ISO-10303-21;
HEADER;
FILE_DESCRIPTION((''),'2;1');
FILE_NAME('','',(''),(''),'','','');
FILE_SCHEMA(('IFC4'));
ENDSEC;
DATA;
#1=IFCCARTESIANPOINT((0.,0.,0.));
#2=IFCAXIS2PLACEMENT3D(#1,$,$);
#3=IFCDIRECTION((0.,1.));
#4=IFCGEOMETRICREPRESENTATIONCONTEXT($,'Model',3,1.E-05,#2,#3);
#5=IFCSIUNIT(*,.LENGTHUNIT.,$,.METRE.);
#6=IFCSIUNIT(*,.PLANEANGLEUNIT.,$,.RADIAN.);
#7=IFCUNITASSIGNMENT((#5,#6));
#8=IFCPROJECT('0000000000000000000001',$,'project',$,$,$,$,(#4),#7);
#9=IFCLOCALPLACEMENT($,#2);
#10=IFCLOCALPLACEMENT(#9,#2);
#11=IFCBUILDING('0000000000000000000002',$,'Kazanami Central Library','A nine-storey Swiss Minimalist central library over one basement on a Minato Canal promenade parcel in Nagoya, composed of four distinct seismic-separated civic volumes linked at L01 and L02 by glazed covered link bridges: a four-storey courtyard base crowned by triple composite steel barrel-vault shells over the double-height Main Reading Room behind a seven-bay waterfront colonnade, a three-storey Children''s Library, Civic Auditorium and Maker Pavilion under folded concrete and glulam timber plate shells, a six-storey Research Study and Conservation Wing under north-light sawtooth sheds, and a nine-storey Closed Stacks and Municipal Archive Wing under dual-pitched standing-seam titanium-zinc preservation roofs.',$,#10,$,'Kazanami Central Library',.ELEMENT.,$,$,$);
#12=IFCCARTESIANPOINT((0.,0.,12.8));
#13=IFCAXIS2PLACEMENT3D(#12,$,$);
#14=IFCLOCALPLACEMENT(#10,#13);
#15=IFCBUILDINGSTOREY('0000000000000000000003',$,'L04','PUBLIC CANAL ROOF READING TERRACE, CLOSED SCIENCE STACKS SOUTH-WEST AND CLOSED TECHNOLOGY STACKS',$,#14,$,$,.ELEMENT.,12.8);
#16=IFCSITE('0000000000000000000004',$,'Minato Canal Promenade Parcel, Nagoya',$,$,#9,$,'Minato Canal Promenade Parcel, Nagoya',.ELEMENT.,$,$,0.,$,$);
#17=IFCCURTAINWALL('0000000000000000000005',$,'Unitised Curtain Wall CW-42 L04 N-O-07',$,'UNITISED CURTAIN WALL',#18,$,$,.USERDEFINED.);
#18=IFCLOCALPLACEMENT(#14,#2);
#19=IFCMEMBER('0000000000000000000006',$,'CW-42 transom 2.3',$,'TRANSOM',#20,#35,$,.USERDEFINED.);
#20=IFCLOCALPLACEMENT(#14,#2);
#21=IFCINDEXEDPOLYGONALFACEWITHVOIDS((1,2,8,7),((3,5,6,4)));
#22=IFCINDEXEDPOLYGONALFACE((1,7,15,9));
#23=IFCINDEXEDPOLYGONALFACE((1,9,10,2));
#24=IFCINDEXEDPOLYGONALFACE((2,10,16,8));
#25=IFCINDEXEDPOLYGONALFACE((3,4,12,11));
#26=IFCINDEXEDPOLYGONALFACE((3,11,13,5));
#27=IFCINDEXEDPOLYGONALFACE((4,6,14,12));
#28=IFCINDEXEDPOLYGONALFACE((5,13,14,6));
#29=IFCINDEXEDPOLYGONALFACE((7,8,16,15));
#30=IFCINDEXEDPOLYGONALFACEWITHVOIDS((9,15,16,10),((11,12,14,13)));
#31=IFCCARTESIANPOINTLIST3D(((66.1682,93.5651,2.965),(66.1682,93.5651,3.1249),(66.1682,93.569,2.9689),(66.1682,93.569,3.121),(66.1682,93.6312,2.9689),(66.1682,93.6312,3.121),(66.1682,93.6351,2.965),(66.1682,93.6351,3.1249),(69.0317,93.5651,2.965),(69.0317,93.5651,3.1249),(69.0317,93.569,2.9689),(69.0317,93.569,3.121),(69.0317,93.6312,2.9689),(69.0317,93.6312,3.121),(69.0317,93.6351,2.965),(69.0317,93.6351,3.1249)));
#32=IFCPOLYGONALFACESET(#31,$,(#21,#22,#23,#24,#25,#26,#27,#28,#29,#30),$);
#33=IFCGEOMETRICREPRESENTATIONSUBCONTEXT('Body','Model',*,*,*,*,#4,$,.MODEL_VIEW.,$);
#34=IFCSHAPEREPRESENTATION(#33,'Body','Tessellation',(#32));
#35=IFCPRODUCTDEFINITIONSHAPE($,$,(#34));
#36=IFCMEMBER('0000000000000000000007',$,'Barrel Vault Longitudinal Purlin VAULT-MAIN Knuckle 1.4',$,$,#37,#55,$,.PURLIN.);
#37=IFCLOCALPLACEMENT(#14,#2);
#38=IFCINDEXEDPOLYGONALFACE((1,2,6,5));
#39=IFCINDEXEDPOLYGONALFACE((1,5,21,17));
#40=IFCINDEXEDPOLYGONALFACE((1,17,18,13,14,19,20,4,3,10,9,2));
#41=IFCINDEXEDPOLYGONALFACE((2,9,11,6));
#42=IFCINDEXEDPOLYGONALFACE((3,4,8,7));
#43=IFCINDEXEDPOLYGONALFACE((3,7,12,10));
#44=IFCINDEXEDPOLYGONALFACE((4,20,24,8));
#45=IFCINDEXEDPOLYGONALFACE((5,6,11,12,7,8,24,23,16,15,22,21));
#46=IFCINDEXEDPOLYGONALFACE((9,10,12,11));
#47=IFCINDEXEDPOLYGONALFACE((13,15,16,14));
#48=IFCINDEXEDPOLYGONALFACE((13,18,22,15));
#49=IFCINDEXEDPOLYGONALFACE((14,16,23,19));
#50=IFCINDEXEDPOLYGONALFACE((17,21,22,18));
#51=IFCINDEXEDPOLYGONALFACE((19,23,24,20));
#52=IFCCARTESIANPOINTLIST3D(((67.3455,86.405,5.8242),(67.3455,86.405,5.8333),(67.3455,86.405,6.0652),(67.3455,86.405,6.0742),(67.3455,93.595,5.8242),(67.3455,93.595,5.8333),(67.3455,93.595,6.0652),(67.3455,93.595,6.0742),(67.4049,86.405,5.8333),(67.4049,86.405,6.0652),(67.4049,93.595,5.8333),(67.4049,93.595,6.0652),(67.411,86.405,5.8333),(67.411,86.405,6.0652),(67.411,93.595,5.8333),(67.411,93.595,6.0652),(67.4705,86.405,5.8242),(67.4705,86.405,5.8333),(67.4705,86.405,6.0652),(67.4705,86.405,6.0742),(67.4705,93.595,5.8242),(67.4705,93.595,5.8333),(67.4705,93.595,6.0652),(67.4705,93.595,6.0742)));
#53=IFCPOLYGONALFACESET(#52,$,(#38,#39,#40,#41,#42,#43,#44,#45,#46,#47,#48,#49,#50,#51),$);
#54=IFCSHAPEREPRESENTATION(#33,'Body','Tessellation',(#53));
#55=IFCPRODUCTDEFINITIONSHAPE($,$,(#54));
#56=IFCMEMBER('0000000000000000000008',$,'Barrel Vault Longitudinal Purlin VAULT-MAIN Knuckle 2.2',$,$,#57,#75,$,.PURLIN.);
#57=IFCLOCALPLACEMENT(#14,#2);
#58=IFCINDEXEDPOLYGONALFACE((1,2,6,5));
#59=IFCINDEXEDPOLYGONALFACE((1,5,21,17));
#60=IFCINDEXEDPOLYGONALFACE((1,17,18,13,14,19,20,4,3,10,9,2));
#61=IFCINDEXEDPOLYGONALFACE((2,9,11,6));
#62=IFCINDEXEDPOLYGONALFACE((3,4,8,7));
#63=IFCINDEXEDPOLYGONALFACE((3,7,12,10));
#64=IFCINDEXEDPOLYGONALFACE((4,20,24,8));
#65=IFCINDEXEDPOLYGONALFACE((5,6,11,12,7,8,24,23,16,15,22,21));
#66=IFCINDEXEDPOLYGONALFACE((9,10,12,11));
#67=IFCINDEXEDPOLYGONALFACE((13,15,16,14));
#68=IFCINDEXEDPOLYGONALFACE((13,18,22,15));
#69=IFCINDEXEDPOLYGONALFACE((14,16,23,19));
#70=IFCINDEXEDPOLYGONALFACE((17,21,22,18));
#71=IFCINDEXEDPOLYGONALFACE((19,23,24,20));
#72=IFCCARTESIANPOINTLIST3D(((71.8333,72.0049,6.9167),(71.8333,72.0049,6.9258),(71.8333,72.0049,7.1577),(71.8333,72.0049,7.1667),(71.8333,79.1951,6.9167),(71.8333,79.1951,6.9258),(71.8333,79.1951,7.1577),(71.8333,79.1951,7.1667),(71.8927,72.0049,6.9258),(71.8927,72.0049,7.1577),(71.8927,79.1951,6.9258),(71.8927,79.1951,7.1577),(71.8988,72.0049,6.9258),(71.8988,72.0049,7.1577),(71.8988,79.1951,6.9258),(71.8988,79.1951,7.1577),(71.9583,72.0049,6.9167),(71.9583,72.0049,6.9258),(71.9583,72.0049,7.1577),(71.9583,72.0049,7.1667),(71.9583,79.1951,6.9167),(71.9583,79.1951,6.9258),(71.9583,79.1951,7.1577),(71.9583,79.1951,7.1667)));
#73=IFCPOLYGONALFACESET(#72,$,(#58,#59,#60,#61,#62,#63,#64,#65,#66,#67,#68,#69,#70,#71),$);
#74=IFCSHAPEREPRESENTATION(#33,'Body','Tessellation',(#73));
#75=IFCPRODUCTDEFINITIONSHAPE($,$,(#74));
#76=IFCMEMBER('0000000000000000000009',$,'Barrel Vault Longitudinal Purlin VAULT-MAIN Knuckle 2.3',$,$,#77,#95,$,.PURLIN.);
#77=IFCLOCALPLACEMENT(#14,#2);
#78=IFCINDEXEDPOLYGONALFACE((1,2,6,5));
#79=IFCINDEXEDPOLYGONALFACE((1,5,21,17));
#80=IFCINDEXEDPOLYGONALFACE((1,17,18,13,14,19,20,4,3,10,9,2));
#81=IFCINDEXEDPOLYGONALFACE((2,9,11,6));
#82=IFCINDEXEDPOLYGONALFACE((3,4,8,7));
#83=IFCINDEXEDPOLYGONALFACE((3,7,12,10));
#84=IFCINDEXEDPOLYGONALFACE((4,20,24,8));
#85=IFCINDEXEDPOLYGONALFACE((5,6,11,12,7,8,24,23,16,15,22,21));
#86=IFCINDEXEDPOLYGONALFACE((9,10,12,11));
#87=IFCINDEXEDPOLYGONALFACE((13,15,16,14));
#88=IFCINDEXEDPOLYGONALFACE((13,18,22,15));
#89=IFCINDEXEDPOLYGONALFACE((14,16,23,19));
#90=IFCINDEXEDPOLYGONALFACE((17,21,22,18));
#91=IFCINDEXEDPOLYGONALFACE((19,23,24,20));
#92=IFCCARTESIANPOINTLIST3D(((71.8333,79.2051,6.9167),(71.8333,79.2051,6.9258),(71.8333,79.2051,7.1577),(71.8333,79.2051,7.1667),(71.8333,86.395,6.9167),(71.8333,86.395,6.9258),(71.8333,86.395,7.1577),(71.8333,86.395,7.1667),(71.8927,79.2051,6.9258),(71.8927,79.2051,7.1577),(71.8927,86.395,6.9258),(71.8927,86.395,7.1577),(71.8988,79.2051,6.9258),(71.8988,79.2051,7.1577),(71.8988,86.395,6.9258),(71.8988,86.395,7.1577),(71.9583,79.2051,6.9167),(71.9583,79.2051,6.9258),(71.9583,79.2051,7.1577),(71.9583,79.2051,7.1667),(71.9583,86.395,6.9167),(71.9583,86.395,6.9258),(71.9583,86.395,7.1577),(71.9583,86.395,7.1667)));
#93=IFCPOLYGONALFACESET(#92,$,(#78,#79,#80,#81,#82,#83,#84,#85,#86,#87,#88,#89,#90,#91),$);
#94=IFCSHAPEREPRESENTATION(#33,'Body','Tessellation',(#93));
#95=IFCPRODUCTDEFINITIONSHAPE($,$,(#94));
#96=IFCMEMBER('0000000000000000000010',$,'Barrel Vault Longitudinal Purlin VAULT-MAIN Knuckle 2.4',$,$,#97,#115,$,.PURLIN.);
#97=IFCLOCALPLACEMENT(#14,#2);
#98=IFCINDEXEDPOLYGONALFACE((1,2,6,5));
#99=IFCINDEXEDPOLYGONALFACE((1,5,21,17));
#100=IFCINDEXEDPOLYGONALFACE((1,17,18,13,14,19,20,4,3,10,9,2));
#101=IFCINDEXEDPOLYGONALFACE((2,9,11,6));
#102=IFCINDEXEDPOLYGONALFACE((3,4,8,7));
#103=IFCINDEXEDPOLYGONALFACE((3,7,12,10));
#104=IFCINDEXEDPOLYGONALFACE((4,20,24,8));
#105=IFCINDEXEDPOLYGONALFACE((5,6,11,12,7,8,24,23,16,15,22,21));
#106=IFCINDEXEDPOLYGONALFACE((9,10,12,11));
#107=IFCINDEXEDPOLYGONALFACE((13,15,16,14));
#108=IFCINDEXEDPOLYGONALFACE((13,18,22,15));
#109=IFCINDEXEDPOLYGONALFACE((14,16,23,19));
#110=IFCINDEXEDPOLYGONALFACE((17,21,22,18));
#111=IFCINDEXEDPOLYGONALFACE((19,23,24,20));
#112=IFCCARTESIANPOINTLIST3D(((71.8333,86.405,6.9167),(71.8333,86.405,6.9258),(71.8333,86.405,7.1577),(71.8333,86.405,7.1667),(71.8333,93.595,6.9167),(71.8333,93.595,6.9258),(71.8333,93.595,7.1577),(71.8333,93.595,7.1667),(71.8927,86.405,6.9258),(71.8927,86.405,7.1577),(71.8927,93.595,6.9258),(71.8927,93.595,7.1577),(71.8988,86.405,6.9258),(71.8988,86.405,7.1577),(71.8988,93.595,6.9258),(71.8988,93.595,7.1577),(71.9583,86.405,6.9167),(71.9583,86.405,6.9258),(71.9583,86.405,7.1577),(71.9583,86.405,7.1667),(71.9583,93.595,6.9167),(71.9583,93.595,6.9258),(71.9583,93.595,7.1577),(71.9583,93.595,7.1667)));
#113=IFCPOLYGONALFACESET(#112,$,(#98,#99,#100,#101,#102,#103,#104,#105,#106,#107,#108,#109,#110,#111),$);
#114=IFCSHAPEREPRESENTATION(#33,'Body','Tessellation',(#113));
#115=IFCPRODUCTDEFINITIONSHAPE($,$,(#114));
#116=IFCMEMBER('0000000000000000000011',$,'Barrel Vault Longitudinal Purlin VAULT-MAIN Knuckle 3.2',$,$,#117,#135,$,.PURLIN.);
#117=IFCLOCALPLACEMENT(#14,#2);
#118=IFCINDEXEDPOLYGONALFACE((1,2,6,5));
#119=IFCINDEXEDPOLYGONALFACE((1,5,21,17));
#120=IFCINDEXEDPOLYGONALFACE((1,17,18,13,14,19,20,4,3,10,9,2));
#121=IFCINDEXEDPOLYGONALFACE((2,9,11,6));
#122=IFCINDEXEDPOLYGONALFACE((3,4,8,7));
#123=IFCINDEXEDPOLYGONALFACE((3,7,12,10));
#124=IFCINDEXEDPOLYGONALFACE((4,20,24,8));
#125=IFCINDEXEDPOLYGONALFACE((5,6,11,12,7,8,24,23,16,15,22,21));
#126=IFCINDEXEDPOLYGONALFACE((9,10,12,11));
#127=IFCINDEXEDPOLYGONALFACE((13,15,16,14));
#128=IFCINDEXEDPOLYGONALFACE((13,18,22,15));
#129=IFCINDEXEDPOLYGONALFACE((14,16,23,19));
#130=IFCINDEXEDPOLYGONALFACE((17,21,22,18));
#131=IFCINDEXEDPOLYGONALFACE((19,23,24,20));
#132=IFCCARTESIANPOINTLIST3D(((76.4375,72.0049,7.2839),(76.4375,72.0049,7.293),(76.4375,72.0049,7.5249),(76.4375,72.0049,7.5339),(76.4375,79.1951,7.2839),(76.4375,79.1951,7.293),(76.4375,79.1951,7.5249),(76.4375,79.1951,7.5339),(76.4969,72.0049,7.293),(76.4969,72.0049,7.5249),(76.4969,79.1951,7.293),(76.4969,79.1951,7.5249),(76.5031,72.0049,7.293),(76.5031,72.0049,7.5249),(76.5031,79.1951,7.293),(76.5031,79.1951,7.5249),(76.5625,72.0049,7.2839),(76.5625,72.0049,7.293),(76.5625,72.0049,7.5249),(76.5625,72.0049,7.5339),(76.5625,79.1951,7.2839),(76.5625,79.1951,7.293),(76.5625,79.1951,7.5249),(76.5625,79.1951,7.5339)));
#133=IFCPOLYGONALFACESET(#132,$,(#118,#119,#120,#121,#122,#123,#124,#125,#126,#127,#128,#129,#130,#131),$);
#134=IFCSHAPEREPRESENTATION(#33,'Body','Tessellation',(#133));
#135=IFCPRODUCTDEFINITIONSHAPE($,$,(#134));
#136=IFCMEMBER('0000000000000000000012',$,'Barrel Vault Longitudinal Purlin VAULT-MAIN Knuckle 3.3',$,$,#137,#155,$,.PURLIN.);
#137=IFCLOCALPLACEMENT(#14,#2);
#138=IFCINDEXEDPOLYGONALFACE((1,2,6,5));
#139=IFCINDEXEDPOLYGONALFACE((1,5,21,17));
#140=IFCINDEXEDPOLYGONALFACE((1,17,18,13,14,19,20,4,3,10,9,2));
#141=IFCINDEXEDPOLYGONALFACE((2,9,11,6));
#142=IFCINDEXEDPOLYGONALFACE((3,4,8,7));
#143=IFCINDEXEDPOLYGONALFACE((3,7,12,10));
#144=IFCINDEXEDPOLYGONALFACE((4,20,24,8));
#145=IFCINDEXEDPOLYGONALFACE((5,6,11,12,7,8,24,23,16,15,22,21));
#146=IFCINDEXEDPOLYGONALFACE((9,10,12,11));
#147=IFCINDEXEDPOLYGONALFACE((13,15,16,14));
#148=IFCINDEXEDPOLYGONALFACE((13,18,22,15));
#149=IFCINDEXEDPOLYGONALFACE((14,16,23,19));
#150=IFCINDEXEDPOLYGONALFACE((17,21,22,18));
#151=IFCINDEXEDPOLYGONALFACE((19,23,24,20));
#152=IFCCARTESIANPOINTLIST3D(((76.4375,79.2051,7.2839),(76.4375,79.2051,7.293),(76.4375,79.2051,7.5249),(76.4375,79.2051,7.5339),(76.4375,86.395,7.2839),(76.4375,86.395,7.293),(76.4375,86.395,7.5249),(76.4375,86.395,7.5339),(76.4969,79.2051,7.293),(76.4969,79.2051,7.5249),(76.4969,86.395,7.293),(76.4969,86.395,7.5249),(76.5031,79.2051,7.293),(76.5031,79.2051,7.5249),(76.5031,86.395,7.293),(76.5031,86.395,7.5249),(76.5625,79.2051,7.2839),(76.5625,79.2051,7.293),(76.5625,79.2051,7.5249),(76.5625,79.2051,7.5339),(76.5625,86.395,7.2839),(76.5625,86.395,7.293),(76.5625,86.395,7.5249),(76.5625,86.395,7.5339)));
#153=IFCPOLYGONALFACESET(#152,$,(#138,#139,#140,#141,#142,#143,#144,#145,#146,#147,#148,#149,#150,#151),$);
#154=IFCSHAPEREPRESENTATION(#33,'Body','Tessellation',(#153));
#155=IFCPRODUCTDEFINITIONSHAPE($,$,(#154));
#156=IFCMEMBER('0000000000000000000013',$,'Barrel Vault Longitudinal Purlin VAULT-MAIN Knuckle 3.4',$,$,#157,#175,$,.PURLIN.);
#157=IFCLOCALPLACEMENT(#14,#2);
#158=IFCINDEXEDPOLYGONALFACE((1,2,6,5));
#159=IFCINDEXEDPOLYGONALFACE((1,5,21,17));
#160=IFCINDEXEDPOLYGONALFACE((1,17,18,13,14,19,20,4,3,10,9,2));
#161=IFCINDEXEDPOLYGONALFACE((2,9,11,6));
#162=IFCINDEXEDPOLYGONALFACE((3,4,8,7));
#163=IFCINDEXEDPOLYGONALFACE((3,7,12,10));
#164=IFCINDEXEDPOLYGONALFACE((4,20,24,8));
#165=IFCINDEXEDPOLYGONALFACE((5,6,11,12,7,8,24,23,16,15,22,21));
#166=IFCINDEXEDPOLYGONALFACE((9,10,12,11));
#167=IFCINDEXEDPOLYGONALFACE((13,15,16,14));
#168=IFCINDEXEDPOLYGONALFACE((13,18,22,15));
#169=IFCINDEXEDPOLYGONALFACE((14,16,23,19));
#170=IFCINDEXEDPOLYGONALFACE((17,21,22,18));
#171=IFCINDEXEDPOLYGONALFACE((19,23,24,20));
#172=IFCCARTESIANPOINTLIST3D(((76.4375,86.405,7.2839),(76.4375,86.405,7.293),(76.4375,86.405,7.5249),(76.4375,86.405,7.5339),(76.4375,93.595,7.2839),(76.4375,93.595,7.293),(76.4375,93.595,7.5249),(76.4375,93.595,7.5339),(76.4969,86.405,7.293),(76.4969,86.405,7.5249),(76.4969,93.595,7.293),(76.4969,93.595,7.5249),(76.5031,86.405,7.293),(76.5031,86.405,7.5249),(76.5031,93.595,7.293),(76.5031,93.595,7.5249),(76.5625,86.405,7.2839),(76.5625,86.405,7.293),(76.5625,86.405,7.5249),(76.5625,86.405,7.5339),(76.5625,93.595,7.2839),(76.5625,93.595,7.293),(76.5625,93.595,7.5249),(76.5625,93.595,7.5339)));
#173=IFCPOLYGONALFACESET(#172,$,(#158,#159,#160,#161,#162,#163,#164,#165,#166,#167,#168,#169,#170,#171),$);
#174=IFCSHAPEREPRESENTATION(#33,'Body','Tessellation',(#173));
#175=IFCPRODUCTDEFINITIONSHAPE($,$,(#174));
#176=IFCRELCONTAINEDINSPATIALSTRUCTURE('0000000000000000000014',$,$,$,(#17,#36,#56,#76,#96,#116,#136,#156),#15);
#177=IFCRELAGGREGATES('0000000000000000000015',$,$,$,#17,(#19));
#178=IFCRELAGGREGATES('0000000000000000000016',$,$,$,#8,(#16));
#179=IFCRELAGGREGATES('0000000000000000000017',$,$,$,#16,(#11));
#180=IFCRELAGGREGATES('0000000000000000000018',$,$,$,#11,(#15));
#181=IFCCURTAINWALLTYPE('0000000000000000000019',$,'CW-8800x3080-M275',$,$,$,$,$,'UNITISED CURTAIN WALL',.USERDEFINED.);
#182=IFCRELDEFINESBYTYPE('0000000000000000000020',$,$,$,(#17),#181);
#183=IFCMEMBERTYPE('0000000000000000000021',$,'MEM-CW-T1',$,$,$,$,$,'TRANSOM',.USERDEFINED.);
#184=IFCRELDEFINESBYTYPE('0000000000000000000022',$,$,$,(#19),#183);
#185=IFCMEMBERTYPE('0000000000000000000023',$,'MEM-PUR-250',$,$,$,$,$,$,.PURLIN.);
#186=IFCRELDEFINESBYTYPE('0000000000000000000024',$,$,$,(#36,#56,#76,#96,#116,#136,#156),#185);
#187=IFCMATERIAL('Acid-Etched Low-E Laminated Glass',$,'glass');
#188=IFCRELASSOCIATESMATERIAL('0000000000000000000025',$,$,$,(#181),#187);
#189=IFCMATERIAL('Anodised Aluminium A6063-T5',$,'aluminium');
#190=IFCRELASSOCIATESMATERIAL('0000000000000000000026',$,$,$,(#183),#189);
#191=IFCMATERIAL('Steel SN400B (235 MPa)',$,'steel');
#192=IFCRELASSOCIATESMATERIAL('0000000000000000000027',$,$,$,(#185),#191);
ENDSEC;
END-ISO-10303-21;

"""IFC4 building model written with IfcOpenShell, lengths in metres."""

from ifc_helpers import new_model, si_unit, direction, frame, origin, origin_2d, place, context, subcontext, project, spatial, hollow_rectangle, i_section, extrude, material, material_profile, profile_set, type_object, element, aggregate, save


model = new_model("IFC4")

# Units and contexts
model_context = context("Model", 3, precision=1e-05, world=origin(), true_north=direction((0.0, 1.0)))
body_context = subcontext(model_context, "Body", "Model", "MODEL_VIEW")
ifc_project = project(units=[si_unit("LENGTHUNIT", "METRE"), si_unit("PLANEANGLEUNIT", "RADIAN")], contexts=[model_context])

# Site, building, storey
site_placement = place(None, origin())
site = spatial("IfcSite", under=ifc_project, at=site_placement, Name="Minato Canal Promenade Parcel, Nagoya", LongName="Minato Canal Promenade Parcel, Nagoya", CompositionType="ELEMENT", RefElevation=0.0)
building_placement = place(site_placement, origin())
building = spatial("IfcBuilding", under=site, at=building_placement, Name="Kazanami Central Library", Description="A nine-storey Swiss Minimalist central library over one basement on a Minato Canal promenade parcel in Nagoya, composed of four distinct seismic-separated civic volumes linked at L01 and L02 by glazed covered link bridges: a four-storey courtyard base crowned by triple composite steel barrel-vault shells over the double-height Main Reading Room behind a seven-bay waterfront colonnade, a three-storey Children's Library, Civic Auditorium and Maker Pavilion under folded concrete and glulam timber plate shells, a six-storey Research Study and Conservation Wing under north-light sawtooth sheds, and a nine-storey Closed Stacks and Municipal Archive Wing under dual-pitched standing-seam titanium-zinc preservation roofs.", LongName="Kazanami Central Library", CompositionType="ELEMENT")
storey_placement = place(building_placement, frame((0.0, 0.0, 12.8)))
storey = spatial("IfcBuildingStorey", under=building, at=storey_placement, Name="L04", Description="PUBLIC CANAL ROOF READING TERRACE, CLOSED SCIENCE STACKS SOUTH-WEST AND CLOSED TECHNOLOGY STACKS", CompositionType="ELEMENT", Elevation=12.8)

# Curtain wall, member
ifc_material_1 = material(Name="Acid-Etched Low-E Laminated Glass", Category="glass")
curtain_wall_type = type_object("IfcCurtainWallType", Name="CW-8800x3080-M275", ElementType="UNITISED CURTAIN WALL", PredefinedType="USERDEFINED", material=ifc_material_1)
curtain_wall_placement = place(storey_placement, origin())
curtain_wall = element("IfcCurtainWall", 1, at=curtain_wall_placement, inside=storey, type_object=curtain_wall_type, Name="Unitised Curtain Wall CW-42 L04 N-O-07", ObjectType="UNITISED CURTAIN WALL", PredefinedType="USERDEFINED")
ifc_material_2 = material(Name="Anodised Aluminium A6063-T5", Category="aluminium")
ifc_material_profile_1 = material_profile(ifc_material_2, hollow_rectangle(XDim=0.0701, YDim=0.1599, WallThickness=0.0039, at=origin_2d()), Name="ALU-TRAN-70x160x4")
ifc_profile_set_1 = profile_set([ifc_material_profile_1], Name="Anodised Aluminium A6063-T5")
member_type_1 = type_object("IfcMemberType", Name="MEM-CW-T1", ElementType="TRANSOM", PredefinedType="USERDEFINED", material=ifc_profile_set_1)
member_1_placement = place(storey_placement, frame((69.0317, 93.6001, 3.0449), z_axis=(-1.0, 0.0, 0.0), x_axis=(0.0, -1.0, 0.0)))
member_1 = element("IfcMember", 2, at=member_1_placement, type_object=member_type_1, Name="CW-42 transom 2.3", ObjectType="TRANSOM", PredefinedType="USERDEFINED", context=body_context, shape_type="SweptSolid", body=[
    extrude(hollow_rectangle(XDim=0.0701, YDim=0.1599, WallThickness=0.0039, at=origin_2d()), origin(), (0.0, 0.0, 1.0), 2.8635),
])

# Members
ifc_material_3 = material(Name="Steel SN400B (235 MPa)", Category="steel")
ifc_material_profile_2 = material_profile(ifc_material_3, i_section(OverallWidth=0.125, OverallDepth=0.25, WebThickness=0.0061, FlangeThickness=0.009, at=origin_2d()), Name="H-250x125x6x9")
ifc_profile_set_2 = profile_set([ifc_material_profile_2], Name="Steel SN400B (235 MPa)")
member_type_2 = type_object("IfcMemberType", Name="MEM-PUR-250", PredefinedType="PURLIN", material=ifc_profile_set_2)
member_2_placement = place(storey_placement, frame((67.408, 86.405, 5.9492), z_axis=(0.0, 1.0, 0.0), x_axis=(-1.0, 0.0, 0.0)))
element("IfcMember", 3, at=member_2_placement, inside=storey, type_object=member_type_2, Name="Barrel Vault Longitudinal Purlin VAULT-MAIN Knuckle 1.4", PredefinedType="PURLIN", context=body_context, shape_type="SweptSolid", body=[
    extrude(i_section(OverallWidth=0.125, OverallDepth=0.25, WebThickness=0.0061, FlangeThickness=0.009, at=origin_2d()), origin(), (0.0, 0.0, 1.0), 7.1899),
])
member_3_placement = place(storey_placement, frame((71.8958, 72.0049, 7.0417), z_axis=(0.0, 1.0, 0.0), x_axis=(-1.0, 0.0, 0.0)))
element("IfcMember", 4, at=member_3_placement, inside=storey, type_object=member_type_2, Name="Barrel Vault Longitudinal Purlin VAULT-MAIN Knuckle 2.2", PredefinedType="PURLIN", context=body_context, shape_type="SweptSolid", body=[
    extrude(i_section(OverallWidth=0.125, OverallDepth=0.25, WebThickness=0.0061, FlangeThickness=0.009, at=origin_2d()), origin(), (0.0, 0.0, 1.0), 7.1902),
])
for number, where, z_axis, x_axis, name in (
    (5, (71.8958, 79.2051, 7.0417), (0.0, 1.0, 0.0), (-1.0, 0.0, 0.0), "Barrel Vault Longitudinal Purlin VAULT-MAIN Knuckle 2.3"),
    (6, (71.8958, 86.405, 7.0417), (0.0, 1.0, 0.0), (-1.0, 0.0, 0.0), "Barrel Vault Longitudinal Purlin VAULT-MAIN Knuckle 2.4"),
):
    element("IfcMember", number, at=place(storey_placement, frame(where, z_axis=z_axis, x_axis=x_axis)), inside=storey, type_object=member_type_2, Name=name, PredefinedType="PURLIN", context=body_context, shape_type="SweptSolid", body=[
        extrude(i_section(OverallWidth=0.125, OverallDepth=0.25, WebThickness=0.0061, FlangeThickness=0.009, at=origin_2d()), origin(), (0.0, 0.0, 1.0), 7.1899),
    ])
member_4_placement = place(storey_placement, frame((76.5, 72.0049, 7.4089), z_axis=(0.0, 1.0, 0.0), x_axis=(-1.0, 0.0, 0.0)))
element("IfcMember", 7, at=member_4_placement, inside=storey, type_object=member_type_2, Name="Barrel Vault Longitudinal Purlin VAULT-MAIN Knuckle 3.2", PredefinedType="PURLIN", context=body_context, shape_type="SweptSolid", body=[
    extrude(i_section(OverallWidth=0.125, OverallDepth=0.25, WebThickness=0.0061, FlangeThickness=0.009, at=origin_2d()), origin(), (0.0, 0.0, 1.0), 7.1902),
])
for number, where, z_axis, x_axis, name in (
    (8, (76.5, 79.2051, 7.4089), (0.0, 1.0, 0.0), (-1.0, 0.0, 0.0), "Barrel Vault Longitudinal Purlin VAULT-MAIN Knuckle 3.3"),
    (9, (76.5, 86.405, 7.4089), (0.0, 1.0, 0.0), (-1.0, 0.0, 0.0), "Barrel Vault Longitudinal Purlin VAULT-MAIN Knuckle 3.4"),
):
    element("IfcMember", number, at=place(storey_placement, frame(where, z_axis=z_axis, x_axis=x_axis)), inside=storey, type_object=member_type_2, Name=name, PredefinedType="PURLIN", context=body_context, shape_type="SweptSolid", body=[
        extrude(i_section(OverallWidth=0.125, OverallDepth=0.25, WebThickness=0.0061, FlangeThickness=0.009, at=origin_2d()), origin(), (0.0, 0.0, 1.0), 7.1899),
    ])

aggregate(curtain_wall, [member_1])

save(model, "model.ifc")
